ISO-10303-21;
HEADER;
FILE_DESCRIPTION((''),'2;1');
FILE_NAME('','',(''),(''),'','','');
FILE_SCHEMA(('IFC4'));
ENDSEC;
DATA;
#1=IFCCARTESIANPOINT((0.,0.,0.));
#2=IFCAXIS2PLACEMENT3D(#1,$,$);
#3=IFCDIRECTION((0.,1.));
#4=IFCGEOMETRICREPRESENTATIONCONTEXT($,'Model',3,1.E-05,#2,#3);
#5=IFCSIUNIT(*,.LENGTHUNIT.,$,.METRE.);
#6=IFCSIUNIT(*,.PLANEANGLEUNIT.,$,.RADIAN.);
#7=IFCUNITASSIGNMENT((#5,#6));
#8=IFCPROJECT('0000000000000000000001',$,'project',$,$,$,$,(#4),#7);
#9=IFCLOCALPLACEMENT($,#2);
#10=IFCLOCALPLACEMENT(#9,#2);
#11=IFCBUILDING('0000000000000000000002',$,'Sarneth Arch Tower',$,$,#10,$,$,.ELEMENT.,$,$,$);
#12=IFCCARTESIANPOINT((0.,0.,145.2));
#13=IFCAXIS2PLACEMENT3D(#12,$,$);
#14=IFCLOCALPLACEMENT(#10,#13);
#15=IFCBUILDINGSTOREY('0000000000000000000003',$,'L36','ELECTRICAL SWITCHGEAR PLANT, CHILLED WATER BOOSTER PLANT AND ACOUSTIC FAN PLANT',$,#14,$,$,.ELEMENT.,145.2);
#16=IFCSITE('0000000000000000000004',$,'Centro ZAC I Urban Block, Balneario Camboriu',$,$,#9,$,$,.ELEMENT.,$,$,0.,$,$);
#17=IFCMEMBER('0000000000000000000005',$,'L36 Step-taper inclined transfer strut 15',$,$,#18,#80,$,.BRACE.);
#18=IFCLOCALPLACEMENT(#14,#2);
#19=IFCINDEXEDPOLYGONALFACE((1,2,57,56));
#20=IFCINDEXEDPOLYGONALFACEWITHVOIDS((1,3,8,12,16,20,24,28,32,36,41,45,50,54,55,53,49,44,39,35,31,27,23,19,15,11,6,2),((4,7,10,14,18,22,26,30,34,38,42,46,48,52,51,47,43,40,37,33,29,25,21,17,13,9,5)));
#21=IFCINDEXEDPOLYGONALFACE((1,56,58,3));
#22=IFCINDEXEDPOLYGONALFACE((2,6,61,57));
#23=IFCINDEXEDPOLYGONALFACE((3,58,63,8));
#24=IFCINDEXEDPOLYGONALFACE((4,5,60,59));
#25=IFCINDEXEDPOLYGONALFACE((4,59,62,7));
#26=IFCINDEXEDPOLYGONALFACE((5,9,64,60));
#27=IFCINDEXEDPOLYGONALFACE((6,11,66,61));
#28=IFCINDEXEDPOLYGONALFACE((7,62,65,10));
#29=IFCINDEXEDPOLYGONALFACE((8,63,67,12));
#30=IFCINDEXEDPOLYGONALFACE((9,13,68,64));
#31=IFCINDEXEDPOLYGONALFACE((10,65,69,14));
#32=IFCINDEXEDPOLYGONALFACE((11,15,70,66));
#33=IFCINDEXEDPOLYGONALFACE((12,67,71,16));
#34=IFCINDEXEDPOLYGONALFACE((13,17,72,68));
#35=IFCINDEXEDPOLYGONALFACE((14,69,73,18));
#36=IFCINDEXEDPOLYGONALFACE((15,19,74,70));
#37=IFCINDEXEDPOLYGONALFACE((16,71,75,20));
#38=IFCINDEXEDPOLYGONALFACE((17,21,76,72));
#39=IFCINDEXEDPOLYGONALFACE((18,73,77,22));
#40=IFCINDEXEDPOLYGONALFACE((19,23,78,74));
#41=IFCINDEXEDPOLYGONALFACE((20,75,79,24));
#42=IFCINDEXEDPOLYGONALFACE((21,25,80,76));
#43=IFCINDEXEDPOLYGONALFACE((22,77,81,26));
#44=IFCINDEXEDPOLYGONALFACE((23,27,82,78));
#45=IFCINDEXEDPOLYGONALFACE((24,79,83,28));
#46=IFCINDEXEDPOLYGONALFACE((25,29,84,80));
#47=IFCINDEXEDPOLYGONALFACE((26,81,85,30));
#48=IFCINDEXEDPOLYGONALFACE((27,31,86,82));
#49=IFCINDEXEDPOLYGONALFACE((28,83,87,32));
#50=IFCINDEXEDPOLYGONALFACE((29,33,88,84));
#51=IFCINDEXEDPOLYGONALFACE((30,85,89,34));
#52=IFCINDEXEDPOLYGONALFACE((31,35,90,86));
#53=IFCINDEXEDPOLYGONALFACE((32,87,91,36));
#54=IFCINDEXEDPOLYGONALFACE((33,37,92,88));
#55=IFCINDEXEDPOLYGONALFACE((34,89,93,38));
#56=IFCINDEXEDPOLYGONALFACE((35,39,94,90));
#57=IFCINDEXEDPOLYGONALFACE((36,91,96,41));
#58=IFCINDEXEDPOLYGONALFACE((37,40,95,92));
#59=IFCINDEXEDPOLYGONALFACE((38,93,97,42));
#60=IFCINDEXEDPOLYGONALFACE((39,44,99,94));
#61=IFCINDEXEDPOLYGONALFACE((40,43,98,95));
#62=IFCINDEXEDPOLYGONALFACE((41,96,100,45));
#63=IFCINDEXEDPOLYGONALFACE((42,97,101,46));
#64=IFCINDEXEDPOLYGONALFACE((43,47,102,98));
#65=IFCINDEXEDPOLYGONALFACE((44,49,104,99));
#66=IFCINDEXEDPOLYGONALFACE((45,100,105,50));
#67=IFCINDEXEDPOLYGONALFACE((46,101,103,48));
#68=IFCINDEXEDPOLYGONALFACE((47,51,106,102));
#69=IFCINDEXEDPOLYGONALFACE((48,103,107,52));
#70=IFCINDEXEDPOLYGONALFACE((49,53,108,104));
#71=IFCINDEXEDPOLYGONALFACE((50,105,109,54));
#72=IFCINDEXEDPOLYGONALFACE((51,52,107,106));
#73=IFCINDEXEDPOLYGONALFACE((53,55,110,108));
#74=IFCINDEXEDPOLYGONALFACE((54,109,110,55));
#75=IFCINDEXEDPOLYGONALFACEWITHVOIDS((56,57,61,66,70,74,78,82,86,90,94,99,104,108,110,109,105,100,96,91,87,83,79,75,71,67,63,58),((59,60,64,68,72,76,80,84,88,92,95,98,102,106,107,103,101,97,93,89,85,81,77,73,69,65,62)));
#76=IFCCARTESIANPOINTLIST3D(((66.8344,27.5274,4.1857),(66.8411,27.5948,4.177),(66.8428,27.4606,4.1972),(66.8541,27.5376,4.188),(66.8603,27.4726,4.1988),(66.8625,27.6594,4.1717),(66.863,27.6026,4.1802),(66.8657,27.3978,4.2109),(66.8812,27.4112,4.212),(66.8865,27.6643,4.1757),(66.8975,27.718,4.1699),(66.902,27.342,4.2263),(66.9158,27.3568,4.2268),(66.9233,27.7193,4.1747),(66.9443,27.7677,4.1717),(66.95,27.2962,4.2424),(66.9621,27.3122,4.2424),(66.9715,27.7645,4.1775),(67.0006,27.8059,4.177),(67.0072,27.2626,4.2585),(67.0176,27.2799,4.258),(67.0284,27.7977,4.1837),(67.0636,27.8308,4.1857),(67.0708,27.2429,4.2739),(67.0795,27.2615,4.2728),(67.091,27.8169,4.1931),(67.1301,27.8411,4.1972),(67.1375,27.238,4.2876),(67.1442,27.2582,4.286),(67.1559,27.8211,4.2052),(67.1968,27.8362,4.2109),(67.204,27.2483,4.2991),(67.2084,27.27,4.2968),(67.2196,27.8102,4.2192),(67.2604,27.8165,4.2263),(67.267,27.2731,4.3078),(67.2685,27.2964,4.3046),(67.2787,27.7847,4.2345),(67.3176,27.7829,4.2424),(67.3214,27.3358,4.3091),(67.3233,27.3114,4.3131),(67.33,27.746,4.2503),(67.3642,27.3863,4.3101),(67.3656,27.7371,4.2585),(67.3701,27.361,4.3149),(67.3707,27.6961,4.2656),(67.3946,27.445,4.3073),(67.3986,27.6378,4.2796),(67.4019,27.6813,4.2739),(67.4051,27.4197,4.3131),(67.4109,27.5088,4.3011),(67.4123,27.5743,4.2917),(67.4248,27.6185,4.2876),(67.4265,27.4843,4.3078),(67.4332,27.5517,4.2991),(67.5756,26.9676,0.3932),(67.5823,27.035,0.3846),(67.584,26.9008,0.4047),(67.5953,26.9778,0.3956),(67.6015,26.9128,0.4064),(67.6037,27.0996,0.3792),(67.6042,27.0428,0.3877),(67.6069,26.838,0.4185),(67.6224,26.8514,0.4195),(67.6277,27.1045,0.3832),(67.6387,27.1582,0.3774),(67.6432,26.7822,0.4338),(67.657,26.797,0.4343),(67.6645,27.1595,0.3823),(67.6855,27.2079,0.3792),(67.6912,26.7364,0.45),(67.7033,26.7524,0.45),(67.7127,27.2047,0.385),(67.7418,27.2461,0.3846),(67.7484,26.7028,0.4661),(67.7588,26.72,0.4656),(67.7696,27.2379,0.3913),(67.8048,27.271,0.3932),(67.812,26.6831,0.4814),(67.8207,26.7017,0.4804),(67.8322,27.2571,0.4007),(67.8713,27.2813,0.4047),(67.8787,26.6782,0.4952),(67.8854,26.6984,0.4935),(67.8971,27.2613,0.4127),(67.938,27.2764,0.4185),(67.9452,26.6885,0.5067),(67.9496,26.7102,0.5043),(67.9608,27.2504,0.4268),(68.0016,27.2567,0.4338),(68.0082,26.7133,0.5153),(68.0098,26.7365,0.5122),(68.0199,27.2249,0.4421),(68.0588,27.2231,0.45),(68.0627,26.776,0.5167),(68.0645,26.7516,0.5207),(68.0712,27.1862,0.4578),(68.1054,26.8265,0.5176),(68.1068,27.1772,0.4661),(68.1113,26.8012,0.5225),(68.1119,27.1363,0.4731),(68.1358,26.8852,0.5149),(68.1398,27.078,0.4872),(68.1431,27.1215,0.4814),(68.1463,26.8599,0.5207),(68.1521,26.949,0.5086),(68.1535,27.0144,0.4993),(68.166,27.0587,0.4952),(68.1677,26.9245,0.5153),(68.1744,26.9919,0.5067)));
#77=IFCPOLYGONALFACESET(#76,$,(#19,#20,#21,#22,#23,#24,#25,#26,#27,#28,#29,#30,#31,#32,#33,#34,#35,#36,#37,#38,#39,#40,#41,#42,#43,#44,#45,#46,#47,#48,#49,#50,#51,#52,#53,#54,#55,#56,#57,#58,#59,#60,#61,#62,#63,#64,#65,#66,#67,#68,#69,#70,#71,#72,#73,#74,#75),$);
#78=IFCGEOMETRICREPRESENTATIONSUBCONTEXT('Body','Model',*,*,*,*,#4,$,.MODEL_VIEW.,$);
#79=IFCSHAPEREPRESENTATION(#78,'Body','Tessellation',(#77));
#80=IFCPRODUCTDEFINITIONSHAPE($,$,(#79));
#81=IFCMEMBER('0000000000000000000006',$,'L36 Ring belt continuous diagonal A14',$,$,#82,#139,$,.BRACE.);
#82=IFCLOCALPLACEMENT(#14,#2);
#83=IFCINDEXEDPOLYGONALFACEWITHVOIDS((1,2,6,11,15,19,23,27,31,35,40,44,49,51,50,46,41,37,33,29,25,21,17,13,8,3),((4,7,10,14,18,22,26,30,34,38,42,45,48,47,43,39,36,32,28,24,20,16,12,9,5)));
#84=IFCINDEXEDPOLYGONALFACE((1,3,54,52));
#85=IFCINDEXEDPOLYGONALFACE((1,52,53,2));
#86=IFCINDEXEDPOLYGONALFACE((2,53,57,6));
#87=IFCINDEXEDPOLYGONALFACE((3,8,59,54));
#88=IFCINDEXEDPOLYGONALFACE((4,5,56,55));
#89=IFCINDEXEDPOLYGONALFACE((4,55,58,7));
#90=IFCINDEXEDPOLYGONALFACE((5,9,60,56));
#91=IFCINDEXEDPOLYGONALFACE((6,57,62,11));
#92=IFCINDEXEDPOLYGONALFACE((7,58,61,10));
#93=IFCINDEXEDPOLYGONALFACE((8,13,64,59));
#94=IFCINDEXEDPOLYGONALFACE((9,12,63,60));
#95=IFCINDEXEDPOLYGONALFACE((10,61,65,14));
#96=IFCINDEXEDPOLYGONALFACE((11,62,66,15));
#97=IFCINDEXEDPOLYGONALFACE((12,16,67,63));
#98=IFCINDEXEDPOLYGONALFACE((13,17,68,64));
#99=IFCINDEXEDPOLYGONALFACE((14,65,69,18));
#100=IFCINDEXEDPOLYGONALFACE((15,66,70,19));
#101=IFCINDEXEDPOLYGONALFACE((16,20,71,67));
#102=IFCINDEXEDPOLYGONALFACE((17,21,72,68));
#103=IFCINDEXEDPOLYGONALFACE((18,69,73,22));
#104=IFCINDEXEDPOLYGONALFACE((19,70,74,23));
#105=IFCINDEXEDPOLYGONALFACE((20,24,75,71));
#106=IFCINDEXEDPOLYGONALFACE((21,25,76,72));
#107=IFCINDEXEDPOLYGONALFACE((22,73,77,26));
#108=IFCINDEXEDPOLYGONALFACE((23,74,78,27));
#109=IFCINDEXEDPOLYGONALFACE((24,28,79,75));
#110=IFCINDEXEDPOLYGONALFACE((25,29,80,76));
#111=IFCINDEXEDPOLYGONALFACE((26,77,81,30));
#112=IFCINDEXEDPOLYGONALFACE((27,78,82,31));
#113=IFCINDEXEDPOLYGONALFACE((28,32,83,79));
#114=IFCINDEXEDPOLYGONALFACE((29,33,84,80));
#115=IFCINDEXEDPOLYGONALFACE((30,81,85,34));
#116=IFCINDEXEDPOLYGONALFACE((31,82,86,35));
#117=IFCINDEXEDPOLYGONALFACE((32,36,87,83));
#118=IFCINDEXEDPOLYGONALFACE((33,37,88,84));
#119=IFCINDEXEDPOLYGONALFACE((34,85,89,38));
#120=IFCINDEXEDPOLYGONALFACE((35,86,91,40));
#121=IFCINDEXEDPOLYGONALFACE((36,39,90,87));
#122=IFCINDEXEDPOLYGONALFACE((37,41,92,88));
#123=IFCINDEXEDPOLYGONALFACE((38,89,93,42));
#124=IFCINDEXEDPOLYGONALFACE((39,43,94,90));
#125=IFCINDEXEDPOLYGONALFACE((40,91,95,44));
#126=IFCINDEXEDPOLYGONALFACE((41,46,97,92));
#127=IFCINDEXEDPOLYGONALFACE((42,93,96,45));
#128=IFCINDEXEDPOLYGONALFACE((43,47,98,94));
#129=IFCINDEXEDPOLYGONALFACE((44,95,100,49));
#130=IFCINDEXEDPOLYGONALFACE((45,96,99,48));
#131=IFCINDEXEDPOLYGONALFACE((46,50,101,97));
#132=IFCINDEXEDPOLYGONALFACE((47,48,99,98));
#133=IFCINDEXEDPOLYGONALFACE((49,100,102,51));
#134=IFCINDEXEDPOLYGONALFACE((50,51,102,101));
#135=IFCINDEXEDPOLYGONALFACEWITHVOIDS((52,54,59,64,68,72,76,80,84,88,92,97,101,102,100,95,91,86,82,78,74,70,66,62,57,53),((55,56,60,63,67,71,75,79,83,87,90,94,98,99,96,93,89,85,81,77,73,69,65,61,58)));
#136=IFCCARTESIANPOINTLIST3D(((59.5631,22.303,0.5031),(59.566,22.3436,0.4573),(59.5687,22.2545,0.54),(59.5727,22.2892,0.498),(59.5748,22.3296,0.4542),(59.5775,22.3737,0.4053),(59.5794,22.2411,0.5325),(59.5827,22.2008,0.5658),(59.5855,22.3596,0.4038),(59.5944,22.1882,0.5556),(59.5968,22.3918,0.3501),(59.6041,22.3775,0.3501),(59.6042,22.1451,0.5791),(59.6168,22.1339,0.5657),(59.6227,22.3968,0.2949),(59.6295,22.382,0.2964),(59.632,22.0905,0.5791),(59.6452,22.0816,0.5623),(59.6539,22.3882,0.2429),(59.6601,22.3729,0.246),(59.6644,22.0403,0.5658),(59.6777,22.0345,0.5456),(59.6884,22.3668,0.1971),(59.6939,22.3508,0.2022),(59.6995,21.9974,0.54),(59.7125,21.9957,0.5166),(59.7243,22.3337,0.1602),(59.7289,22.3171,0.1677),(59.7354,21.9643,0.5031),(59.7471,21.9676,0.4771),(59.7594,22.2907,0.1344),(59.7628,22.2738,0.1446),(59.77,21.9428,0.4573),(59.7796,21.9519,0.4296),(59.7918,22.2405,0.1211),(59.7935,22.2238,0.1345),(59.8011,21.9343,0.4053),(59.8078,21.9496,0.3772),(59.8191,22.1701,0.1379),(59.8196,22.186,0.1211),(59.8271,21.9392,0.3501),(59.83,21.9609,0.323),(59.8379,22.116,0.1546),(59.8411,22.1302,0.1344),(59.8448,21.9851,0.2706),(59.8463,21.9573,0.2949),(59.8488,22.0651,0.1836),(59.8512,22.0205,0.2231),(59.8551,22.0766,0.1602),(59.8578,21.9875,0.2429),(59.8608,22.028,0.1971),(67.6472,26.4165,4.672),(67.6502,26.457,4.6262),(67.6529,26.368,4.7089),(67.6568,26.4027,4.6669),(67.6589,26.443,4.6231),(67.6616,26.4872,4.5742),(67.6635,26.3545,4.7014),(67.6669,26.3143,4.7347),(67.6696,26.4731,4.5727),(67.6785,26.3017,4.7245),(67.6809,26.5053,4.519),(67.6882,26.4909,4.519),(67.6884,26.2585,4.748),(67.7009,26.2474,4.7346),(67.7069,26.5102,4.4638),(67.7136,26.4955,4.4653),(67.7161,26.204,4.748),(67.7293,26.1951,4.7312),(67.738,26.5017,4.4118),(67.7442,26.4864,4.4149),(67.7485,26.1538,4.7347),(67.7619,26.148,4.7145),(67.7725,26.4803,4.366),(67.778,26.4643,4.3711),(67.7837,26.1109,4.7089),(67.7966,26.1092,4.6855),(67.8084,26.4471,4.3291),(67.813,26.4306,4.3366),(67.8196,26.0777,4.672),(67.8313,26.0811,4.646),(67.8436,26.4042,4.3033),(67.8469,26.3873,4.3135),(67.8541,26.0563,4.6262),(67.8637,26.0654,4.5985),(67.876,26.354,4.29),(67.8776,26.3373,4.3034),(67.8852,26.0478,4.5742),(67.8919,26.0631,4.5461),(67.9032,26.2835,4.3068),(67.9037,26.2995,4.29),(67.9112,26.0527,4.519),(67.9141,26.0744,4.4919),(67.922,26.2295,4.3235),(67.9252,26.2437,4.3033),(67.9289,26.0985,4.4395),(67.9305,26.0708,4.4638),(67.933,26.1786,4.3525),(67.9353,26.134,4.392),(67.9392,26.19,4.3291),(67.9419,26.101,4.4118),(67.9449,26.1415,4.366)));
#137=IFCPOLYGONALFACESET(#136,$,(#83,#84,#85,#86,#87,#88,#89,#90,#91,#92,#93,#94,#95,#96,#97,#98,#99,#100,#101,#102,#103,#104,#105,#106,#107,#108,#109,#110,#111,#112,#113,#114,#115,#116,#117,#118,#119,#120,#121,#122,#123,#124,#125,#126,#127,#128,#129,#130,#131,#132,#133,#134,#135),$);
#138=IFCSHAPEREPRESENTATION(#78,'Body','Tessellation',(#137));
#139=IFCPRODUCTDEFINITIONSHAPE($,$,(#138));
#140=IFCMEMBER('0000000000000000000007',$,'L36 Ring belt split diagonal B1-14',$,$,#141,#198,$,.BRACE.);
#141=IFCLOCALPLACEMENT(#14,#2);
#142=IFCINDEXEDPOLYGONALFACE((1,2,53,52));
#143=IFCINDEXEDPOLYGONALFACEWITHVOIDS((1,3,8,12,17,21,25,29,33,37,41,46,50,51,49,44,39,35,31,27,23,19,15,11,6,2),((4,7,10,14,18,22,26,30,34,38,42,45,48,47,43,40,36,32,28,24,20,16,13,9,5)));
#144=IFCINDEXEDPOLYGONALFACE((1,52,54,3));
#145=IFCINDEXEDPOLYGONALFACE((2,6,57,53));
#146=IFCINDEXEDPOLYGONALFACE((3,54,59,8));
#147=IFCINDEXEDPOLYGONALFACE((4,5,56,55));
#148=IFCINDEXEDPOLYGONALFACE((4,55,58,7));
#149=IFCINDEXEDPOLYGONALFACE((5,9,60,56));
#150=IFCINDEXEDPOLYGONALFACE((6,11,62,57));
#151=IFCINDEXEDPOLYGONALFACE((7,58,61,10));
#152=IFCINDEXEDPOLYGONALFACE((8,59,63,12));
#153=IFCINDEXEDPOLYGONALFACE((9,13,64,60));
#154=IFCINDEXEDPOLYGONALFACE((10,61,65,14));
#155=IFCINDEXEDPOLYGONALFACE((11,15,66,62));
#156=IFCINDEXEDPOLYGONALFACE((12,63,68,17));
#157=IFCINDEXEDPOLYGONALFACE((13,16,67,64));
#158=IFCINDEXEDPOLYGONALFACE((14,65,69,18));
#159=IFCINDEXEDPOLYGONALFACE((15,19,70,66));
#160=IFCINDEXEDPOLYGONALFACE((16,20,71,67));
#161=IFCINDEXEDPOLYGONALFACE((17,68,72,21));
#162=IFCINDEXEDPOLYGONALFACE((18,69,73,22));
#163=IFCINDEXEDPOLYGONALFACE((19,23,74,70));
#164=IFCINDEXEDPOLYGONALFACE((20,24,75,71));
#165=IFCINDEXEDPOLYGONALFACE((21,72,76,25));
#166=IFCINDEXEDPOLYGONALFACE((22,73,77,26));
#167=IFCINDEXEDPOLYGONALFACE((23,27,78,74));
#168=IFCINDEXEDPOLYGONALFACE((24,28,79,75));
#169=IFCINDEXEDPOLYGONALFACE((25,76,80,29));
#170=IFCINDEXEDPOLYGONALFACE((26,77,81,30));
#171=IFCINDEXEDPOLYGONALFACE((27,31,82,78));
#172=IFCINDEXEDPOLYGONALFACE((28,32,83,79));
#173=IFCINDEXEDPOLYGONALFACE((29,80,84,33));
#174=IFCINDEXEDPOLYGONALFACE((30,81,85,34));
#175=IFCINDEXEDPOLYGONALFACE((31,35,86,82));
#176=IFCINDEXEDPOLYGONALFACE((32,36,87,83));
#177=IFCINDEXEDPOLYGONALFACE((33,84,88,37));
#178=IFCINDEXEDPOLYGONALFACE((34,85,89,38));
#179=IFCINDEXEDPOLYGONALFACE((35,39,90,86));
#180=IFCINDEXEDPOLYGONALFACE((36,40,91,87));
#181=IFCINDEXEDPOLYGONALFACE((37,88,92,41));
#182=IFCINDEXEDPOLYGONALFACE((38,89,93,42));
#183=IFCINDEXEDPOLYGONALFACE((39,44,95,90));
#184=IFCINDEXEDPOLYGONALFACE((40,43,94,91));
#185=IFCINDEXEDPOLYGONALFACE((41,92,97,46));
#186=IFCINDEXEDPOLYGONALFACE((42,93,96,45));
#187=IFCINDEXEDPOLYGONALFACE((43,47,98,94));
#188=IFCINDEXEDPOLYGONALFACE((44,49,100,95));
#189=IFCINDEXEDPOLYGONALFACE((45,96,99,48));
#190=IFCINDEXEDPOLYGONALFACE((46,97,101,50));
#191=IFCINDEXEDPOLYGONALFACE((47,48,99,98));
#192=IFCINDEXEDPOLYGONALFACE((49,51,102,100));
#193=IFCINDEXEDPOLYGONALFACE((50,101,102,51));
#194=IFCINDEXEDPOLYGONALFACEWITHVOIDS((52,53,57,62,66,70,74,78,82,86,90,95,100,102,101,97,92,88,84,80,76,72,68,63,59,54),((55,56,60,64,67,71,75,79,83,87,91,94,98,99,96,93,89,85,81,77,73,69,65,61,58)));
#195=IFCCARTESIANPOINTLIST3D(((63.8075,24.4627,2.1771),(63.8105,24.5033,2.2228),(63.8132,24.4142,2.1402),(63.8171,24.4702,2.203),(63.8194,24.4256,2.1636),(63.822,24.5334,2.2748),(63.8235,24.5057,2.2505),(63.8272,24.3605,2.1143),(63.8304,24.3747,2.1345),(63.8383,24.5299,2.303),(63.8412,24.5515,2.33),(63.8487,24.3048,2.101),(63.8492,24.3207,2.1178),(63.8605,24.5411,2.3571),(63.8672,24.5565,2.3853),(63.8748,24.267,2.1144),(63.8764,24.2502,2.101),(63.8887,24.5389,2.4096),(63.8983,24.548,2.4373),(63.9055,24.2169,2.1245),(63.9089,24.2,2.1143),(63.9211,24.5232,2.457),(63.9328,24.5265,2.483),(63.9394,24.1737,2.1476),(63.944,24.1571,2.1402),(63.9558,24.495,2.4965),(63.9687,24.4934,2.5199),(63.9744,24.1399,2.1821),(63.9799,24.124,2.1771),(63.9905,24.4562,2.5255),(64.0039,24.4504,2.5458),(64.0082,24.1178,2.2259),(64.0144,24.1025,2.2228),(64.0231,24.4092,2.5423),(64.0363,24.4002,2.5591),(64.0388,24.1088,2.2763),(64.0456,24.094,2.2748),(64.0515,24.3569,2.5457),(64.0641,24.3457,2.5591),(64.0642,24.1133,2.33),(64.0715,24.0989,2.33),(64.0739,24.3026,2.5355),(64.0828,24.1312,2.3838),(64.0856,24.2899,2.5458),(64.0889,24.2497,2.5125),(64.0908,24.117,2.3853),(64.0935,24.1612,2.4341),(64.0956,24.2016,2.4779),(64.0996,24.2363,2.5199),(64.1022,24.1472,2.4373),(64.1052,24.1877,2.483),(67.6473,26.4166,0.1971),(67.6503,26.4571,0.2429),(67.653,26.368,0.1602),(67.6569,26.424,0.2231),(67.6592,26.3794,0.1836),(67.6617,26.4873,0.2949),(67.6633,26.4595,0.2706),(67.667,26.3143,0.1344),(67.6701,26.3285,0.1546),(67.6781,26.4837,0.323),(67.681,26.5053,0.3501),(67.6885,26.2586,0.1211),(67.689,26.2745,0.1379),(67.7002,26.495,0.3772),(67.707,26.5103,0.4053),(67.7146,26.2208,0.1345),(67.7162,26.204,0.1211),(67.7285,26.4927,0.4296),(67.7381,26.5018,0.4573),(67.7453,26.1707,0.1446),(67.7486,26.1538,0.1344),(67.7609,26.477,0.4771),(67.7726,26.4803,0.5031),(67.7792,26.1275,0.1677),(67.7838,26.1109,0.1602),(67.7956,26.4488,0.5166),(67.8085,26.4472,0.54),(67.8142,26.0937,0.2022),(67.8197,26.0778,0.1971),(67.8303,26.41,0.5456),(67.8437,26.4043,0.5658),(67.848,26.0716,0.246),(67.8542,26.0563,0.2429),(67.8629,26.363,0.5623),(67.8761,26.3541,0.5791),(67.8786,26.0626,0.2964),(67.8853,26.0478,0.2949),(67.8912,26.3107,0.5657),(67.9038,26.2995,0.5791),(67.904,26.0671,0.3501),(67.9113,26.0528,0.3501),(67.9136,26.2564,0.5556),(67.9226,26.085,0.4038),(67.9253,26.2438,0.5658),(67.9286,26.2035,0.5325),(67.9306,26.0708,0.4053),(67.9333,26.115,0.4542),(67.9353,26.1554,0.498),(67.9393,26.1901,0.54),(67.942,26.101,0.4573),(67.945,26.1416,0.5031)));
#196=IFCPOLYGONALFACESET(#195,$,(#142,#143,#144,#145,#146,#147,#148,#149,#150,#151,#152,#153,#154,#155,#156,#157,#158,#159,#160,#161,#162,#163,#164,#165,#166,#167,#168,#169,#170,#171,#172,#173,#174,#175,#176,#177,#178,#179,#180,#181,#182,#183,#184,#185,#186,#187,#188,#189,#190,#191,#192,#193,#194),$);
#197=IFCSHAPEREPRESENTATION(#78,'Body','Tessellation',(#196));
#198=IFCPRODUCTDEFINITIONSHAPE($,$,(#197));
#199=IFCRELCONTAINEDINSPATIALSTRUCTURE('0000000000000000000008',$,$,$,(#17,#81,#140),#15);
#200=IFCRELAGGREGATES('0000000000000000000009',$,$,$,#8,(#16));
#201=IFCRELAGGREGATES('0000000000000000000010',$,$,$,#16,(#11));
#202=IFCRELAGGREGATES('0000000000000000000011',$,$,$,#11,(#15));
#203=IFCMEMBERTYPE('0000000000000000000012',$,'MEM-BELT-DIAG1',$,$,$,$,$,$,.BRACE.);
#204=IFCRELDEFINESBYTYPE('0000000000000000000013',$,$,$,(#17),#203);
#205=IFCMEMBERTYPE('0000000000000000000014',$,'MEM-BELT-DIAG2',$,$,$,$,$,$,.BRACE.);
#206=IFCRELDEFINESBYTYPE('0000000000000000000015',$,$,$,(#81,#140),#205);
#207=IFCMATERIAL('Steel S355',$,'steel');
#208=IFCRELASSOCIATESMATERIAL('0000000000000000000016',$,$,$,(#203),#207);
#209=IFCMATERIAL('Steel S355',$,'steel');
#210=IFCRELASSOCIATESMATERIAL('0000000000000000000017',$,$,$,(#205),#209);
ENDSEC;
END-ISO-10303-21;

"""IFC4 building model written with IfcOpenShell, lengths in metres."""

from ifc_helpers import new_model, si_unit, direction, frame, origin, origin_2d, place, context, subcontext, project, spatial, hollow_circle, extrude, material, material_profile, profile_set, type_object, element, save


model = new_model("IFC4")

# Units and contexts
model_context = context("Model", 3, precision=1e-05, world=origin(), true_north=direction((0.0, 1.0)))
body_context = subcontext(model_context, "Body", "Model", "MODEL_VIEW")
ifc_project = project(units=[si_unit("LENGTHUNIT", "METRE"), si_unit("PLANEANGLEUNIT", "RADIAN")], contexts=[model_context])

# Site, building, storey
site_placement = place(None, origin())
site = spatial("IfcSite", under=ifc_project, at=site_placement, Name="Centro ZAC I Urban Block, Balneario Camboriu", CompositionType="ELEMENT", RefElevation=0.0)
building_placement = place(site_placement, origin())
building = spatial("IfcBuilding", under=site, at=building_placement, Name="Sarneth Arch Tower", CompositionType="ELEMENT")
storey_placement = place(building_placement, frame((0.0, 0.0, 145.2)))
storey = spatial("IfcBuildingStorey", under=building, at=storey_placement, Name="L36", Description="ELECTRICAL SWITCHGEAR PLANT, CHILLED WATER BOOSTER PLANT AND ACOUSTIC FAN PLANT", CompositionType="ELEMENT", Elevation=145.2)

# Members
ifc_material_1 = material(Name="Steel S355", Category="steel")
ifc_material_profile_1 = material_profile(ifc_material_1, hollow_circle(Radius=0.3049, WallThickness=0.02, at=origin_2d()), Name="CHS610x20")
ifc_profile_set_1 = profile_set([ifc_material_profile_1], Name="Steel S355")
member_type_1 = type_object("IfcMemberType", Name="MEM-BELT-DIAG1", PredefinedType="BRACE", material=ifc_profile_set_1)
member_1_placement = place(storey_placement, frame((67.875, 26.9797, 0.45), z_axis=(-0.189831, 0.143374, 0.971292), x_axis=(-0.602688, -0.797977, 0.0)))
element("IfcMember", 1, at=member_1_placement, inside=storey, type_object=member_type_1, Name="L36 Step-taper inclined transfer strut 15", PredefinedType="BRACE", context=body_context, shape_type="SweptSolid", body=[
    extrude(hollow_circle(Radius=0.3049, WallThickness=0.02, at=origin_2d()), origin(), (0.0, 0.0, 1.0), 3.9045),
])
ifc_material_2 = material(Name="Steel S355", Category="steel")
ifc_material_profile_2 = material_profile(ifc_material_2, hollow_circle(Radius=0.2539, WallThickness=0.0161, at=origin_2d()), Name="CHS508x16")
ifc_profile_set_2 = profile_set([ifc_material_profile_2], Name="Steel S355")
member_type_2 = type_object("IfcMemberType", Name="MEM-BELT-DIAG2", PredefinedType="BRACE", material=ifc_profile_set_2)
member_2_placement = place(storey_placement, frame((59.7119, 22.1655, 0.3501), z_axis=(0.809817, 0.412062, 0.417614), x_axis=(-0.453501, 0.891256, 0.0)))
element("IfcMember", 2, at=member_2_placement, inside=storey, type_object=member_type_2, Name="L36 Ring belt continuous diagonal A14", PredefinedType="BRACE", context=body_context, shape_type="SweptSolid", body=[
    extrude(hollow_circle(Radius=0.2539, WallThickness=0.0161, at=origin_2d()), origin(), (0.0, 0.0, 1.0), 9.9827),
])
member_3_placement = place(storey_placement, frame((67.7961, 26.2791, 0.3501), z_axis=(-0.809829, -0.412072, 0.417581), x_axis=(0.453504, -0.891254, 0.0)))
element("IfcMember", 3, at=member_3_placement, inside=storey, type_object=member_type_2, Name="L36 Ring belt split diagonal B1-14", PredefinedType="BRACE", context=body_context, shape_type="SweptSolid", body=[
    extrude(hollow_circle(Radius=0.2539, WallThickness=0.0161, at=origin_2d()), origin(), (0.0, 0.0, 1.0), 4.7415),
])

save(model, "model.ifc")
